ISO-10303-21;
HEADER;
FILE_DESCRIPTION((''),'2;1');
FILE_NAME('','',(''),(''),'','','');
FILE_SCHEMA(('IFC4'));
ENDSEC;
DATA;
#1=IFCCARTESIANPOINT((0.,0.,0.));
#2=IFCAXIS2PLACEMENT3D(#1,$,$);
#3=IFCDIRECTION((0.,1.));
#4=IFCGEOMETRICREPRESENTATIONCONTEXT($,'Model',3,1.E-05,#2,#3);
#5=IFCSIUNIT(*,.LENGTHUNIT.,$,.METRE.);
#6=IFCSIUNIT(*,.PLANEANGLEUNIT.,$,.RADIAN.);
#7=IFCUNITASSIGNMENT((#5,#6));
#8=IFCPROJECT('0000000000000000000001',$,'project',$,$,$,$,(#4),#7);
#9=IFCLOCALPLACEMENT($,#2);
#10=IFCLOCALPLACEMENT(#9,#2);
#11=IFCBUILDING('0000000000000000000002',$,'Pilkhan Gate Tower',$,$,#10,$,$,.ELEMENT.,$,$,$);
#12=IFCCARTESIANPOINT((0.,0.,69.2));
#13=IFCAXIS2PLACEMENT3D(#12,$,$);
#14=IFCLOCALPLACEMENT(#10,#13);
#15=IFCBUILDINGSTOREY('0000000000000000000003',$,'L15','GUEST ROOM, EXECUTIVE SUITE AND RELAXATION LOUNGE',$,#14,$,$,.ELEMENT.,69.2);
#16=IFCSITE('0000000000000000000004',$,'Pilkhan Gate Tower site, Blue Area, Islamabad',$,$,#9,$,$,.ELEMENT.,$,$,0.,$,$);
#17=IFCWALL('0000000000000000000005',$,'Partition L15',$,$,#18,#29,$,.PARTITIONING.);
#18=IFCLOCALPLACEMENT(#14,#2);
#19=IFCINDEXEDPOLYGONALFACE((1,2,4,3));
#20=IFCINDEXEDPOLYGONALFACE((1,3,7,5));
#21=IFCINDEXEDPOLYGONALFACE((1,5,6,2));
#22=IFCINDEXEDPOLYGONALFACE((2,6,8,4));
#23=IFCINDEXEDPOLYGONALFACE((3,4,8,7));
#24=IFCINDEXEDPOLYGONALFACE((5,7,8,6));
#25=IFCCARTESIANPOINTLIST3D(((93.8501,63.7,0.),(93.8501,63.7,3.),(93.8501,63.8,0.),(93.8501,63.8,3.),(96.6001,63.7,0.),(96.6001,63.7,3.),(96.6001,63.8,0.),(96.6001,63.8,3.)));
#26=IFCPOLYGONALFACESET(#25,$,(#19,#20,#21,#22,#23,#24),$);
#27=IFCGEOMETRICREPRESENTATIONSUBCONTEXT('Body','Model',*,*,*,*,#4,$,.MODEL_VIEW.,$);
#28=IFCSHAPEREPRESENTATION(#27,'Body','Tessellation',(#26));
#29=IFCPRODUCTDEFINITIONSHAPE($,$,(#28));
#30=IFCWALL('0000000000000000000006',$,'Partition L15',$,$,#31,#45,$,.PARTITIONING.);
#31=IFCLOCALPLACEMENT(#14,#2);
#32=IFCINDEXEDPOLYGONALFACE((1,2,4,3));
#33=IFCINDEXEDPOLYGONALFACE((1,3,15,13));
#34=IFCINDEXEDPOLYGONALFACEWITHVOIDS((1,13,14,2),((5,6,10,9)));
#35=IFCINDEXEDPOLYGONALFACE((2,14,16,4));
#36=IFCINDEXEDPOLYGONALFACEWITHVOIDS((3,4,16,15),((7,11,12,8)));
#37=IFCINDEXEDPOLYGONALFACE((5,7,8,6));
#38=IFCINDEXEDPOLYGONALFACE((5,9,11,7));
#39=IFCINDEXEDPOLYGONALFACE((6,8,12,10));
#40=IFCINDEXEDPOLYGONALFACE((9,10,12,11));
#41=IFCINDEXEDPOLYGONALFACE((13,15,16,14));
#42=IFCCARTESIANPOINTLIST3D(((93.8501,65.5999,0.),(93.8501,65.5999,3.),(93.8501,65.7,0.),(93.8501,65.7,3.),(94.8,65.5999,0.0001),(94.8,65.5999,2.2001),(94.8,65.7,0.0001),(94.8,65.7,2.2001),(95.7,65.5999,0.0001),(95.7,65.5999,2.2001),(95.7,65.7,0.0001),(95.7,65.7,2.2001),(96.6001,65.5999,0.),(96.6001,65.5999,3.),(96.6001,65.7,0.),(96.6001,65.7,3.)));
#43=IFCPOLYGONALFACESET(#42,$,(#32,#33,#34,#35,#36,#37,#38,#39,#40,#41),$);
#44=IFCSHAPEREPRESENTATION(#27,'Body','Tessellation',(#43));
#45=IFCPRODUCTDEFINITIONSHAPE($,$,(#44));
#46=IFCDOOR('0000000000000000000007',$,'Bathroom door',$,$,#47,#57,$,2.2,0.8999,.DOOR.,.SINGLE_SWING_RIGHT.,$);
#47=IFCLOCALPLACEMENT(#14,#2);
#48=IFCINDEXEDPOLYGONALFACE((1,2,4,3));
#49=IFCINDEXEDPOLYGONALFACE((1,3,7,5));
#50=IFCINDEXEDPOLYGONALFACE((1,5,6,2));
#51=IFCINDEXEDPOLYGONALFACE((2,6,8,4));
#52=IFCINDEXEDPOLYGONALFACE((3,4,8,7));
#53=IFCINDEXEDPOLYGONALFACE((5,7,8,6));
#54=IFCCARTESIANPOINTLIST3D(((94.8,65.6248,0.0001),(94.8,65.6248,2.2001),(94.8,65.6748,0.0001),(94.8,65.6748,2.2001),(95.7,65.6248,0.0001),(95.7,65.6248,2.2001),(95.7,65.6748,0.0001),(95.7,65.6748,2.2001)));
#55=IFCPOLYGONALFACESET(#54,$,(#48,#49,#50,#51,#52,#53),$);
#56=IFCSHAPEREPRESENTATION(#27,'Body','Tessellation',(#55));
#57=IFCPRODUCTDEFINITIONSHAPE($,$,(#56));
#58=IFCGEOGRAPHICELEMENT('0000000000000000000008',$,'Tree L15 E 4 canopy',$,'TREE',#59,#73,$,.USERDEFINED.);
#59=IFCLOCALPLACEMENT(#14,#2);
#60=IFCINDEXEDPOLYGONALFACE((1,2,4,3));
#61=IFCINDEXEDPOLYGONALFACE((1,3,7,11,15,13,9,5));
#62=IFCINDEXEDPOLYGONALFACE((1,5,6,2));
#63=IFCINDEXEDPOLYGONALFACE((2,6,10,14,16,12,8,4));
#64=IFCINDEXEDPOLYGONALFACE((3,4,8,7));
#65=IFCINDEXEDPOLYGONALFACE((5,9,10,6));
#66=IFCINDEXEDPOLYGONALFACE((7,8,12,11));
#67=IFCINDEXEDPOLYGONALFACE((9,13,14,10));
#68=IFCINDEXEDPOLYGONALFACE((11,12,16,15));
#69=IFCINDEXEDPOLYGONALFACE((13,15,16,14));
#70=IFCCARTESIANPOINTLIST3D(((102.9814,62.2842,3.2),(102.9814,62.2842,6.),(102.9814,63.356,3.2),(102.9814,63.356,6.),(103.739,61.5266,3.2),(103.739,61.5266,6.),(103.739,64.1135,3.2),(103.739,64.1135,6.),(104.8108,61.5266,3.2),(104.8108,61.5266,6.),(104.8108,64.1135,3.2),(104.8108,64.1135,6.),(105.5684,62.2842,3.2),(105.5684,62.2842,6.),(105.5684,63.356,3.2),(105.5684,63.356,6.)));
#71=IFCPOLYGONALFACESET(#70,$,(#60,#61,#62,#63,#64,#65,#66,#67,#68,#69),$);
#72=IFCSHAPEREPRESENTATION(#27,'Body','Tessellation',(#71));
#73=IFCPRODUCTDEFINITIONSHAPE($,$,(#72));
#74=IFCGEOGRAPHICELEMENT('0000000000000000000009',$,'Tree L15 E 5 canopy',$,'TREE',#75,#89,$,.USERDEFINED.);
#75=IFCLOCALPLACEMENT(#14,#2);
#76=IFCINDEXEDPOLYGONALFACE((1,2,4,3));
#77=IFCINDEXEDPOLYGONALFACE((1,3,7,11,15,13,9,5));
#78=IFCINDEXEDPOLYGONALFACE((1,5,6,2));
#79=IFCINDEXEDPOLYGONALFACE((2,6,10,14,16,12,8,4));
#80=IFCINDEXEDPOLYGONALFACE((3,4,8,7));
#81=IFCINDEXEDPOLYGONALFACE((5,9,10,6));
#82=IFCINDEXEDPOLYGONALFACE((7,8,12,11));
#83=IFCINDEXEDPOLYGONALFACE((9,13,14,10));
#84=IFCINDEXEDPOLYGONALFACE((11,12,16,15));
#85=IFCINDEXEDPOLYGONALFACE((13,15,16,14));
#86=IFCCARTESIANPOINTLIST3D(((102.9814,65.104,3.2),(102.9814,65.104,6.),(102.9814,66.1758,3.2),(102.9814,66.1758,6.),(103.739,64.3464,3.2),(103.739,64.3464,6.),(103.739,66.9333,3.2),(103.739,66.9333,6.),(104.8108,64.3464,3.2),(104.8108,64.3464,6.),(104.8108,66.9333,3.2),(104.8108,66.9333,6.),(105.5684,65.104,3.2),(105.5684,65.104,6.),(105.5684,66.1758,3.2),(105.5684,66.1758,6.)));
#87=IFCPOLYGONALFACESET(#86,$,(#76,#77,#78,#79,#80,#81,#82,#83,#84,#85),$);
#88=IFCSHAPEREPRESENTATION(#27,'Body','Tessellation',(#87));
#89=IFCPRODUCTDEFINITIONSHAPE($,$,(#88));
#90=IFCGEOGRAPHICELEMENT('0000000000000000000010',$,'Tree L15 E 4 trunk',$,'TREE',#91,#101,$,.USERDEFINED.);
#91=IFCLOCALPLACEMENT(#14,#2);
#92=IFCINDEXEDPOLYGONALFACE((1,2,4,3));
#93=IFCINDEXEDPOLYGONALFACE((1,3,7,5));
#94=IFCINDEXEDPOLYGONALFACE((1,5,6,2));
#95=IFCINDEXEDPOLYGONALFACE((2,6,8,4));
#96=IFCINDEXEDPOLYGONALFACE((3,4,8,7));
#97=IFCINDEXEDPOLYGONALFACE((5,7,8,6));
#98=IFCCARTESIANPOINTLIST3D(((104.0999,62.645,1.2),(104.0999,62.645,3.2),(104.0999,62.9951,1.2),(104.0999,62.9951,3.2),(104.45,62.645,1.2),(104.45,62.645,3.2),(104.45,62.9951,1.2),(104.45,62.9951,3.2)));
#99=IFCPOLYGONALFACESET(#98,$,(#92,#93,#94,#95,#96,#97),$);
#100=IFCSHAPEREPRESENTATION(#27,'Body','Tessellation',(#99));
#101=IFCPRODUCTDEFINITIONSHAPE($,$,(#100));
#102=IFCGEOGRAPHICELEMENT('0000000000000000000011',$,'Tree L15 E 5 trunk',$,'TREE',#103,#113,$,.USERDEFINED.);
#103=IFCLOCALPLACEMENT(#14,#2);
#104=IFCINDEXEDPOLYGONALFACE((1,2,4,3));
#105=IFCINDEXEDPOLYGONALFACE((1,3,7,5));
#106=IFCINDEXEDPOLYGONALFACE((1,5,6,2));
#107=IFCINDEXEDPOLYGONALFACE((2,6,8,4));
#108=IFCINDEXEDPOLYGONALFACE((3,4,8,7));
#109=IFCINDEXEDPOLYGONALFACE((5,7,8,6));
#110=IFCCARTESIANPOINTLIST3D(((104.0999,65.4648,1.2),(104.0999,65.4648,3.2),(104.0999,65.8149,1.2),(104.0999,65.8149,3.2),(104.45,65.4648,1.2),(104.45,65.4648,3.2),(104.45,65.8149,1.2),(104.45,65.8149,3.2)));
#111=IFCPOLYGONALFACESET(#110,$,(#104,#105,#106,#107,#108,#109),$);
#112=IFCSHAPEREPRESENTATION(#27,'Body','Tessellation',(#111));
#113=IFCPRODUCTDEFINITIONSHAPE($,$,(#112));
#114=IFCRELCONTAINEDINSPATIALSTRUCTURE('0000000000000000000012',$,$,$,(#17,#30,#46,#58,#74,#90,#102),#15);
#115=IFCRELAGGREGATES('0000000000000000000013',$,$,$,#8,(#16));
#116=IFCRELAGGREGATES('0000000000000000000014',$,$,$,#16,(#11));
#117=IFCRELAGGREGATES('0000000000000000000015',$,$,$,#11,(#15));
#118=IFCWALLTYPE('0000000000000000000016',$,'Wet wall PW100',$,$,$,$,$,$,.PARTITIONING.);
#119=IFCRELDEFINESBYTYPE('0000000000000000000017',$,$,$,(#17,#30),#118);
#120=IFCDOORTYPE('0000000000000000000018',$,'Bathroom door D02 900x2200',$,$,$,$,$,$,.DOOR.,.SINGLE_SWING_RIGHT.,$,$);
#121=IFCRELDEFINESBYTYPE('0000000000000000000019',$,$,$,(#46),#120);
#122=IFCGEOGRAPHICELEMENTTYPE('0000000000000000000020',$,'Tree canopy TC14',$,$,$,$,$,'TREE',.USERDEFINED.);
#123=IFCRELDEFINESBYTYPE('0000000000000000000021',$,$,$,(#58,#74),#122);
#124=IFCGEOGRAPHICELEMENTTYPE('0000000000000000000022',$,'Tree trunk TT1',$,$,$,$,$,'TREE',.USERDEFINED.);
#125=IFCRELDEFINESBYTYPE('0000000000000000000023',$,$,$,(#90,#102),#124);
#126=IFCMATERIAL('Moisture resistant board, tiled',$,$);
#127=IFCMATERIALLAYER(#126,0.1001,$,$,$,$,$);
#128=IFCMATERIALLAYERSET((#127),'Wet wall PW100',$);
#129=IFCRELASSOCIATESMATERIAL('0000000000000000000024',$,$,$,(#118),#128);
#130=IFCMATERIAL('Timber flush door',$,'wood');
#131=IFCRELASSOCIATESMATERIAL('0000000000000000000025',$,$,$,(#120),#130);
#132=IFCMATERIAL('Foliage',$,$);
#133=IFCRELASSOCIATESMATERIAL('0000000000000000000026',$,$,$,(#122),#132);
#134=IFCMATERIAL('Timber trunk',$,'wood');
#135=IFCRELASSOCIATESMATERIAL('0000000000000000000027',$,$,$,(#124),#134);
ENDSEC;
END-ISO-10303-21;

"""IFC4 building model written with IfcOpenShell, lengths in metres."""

from ifc_helpers import new_model, si_unit, direction, frame, frame_2d, origin, origin_2d, place, context, subcontext, project, spatial, polyline, rectangle, outline, extrude, material, layer, layer_set, material_profile, profile_set, type_object, element, fill, save


model = new_model("IFC4")

# Units and contexts
model_context = context("Model", 3, precision=1e-05, world=origin(), true_north=direction((0.0, 1.0)))
body_context = subcontext(model_context, "Body", "Model", "MODEL_VIEW")
ifc_project = project(units=[si_unit("LENGTHUNIT", "METRE"), si_unit("PLANEANGLEUNIT", "RADIAN")], contexts=[model_context])

# Site, building, storey
site_placement = place(None, origin())
site = spatial("IfcSite", under=ifc_project, at=site_placement, Name="Pilkhan Gate Tower site, Blue Area, Islamabad", CompositionType="ELEMENT", RefElevation=0.0)
building_placement = place(site_placement, origin())
building = spatial("IfcBuilding", under=site, at=building_placement, Name="Pilkhan Gate Tower", CompositionType="ELEMENT")
storey_placement = place(building_placement, frame((0.0, 0.0, 69.2)))
storey = spatial("IfcBuildingStorey", under=building, at=storey_placement, Name="L15", Description="GUEST ROOM, EXECUTIVE SUITE AND RELAXATION LOUNGE", CompositionType="ELEMENT", Elevation=69.2)

# Shared definitions
ifc_material_1 = material(Name="Moisture resistant board, tiled")
ifc_layer_1 = layer(ifc_material_1, 0.1001)
ifc_layer_set_1 = layer_set([ifc_layer_1], Name="Wet wall PW100")
wall_type_1 = type_object("IfcWallType", Name="Wet wall PW100", PredefinedType="PARTITIONING", material=ifc_layer_set_1)
ifc_material_2 = material(Name="Timber flush door", Category="wood")
door_type = type_object("IfcDoorType", Name="Bathroom door D02 900x2200", OperationType="SINGLE_SWING_RIGHT", PredefinedType="DOOR", material=ifc_material_2)

# Wall
wall_1_placement = place(storey_placement, frame((93.8501, 63.75, 0.0), z_axis=(0.0, 0.0, 1.0), x_axis=(1.0, 0.0, 0.0)))
element("IfcWall", 1, at=wall_1_placement, inside=storey, type_object=wall_type_1, Name="Partition L15", PredefinedType="PARTITIONING", context=body_context, shape_type="SweptSolid", body=[
    extrude(rectangle(XDim=2.75, YDim=0.1001, at=frame_2d((1.375, 0.0))), origin(), (0.0, 0.0, 1.0), 3.0),
])

# Wall, opening, door
wall_2_placement = place(storey_placement, frame((93.8501, 65.6499, 0.0), z_axis=(0.0, 0.0, 1.0), x_axis=(1.0, 0.0, 0.0)))
wall_2 = element("IfcWall", 2, at=wall_2_placement, inside=storey, type_object=wall_type_1, Name="Partition L15", PredefinedType="PARTITIONING", context=body_context, shape_type="SweptSolid", body=[
    extrude(rectangle(XDim=2.75, YDim=0.1001, at=frame_2d((1.375, 0.0))), origin(), (0.0, 0.0, 1.0), 3.0),
])
opening_1_placement = place(wall_2_placement, frame((0.95, 0.0, 0.0)))
opening_1 = element("IfcOpeningElement", 3, at=opening_1_placement, cuts=wall_2, PredefinedType="OPENING", context=body_context, shape_type="SweptSolid", body=[
    extrude(rectangle(XDim=0.8999, YDim=2.2, at=frame_2d((0.45, 1.1001))), frame((0.0, 0.0601, 0.0), z_axis=(0.0, -1.0, 0.0), x_axis=(1.0, 0.0, 0.0)), (0.0, 0.0, 1.0), 0.1201),
])
door_1_placement = place(opening_1_placement, origin())
door_1 = element("IfcDoor", 4, at=door_1_placement, inside=storey, type_object=door_type, Name="Bathroom door", OperationType="SINGLE_SWING_RIGHT", OverallHeight=2.2, OverallWidth=0.8999, PredefinedType="DOOR", context=body_context, shape_type="SweptSolid", body=[
    extrude(rectangle(XDim=0.8999, YDim=2.2, at=frame_2d((0.45, 1.1001))), frame((0.0, 0.0249, 0.0), z_axis=(0.0, -1.0, 0.0), x_axis=(1.0, 0.0, 0.0)), (0.0, 0.0, 1.0), 0.05),
])
fill(opening_1, door_1)

# Geographic elements
ifc_material_3 = material(Name="Foliage")
ifc_material_profile_1 = material_profile(ifc_material_3, outline(polyline([(1.2935, 0.5359), (0.5359, 1.2935), (-0.5359, 1.2935), (-1.2935, 0.5359), (-1.2935, -0.5359), (-0.5359, -1.2935), (0.5359, -1.2935), (1.2935, -0.5359), (1.2935, 0.5359)])), Name="Canopy D2.8")
ifc_profile_set_1 = profile_set([ifc_material_profile_1], Name="Foliage")
geographic_element_type_1 = type_object("IfcGeographicElementType", Name="Tree canopy TC14", ElementType="TREE", PredefinedType="USERDEFINED", material=ifc_profile_set_1)
for number, where, z_axis, x_axis, name in (
    (5, (104.2749, 62.8201, 3.2), (0.0, 0.0, 1.0), (1.0, 0.0, 0.0), "Tree L15 E 4 canopy"),
    (6, (104.2749, 65.6399, 3.2), (0.0, 0.0, 1.0), (1.0, 0.0, 0.0), "Tree L15 E 5 canopy"),
):
    element("IfcGeographicElement", number, at=place(storey_placement, frame(where, z_axis=z_axis, x_axis=x_axis)), inside=storey, type_object=geographic_element_type_1, Name=name, ObjectType="TREE", PredefinedType="USERDEFINED", context=body_context, shape_type="SweptSolid", body=[
        extrude(outline(polyline([(1.2935, 0.5359), (0.5359, 1.2935), (-0.5359, 1.2935), (-1.2935, 0.5359), (-1.2935, -0.5359), (-0.5359, -1.2935), (0.5359, -1.2935), (1.2935, -0.5359), (1.2935, 0.5359)])), origin(), (0.0, 0.0, 1.0), 2.8),
    ])
ifc_material_4 = material(Name="Timber trunk", Category="wood")
geographic_element_type_2 = type_object("IfcGeographicElementType", Name="Tree trunk TT1", ElementType="TREE", PredefinedType="USERDEFINED", material=ifc_material_4)
for number, where, z_axis, x_axis, name in (
    (7, (104.2749, 62.8201, 1.2), (0.0, 0.0, 1.0), (1.0, 0.0, 0.0), "Tree L15 E 4 trunk"),
    (8, (104.2749, 65.6399, 1.2), (0.0, 0.0, 1.0), (1.0, 0.0, 0.0), "Tree L15 E 5 trunk"),
):
    element("IfcGeographicElement", number, at=place(storey_placement, frame(where, z_axis=z_axis, x_axis=x_axis)), inside=storey, type_object=geographic_element_type_2, Name=name, ObjectType="TREE", PredefinedType="USERDEFINED", context=body_context, shape_type="SweptSolid", body=[
        extrude(rectangle(XDim=0.3501, YDim=0.3501, at=origin_2d()), origin(), (0.0, 0.0, 1.0), 2.0),
    ])

save(model, "model.ifc")
